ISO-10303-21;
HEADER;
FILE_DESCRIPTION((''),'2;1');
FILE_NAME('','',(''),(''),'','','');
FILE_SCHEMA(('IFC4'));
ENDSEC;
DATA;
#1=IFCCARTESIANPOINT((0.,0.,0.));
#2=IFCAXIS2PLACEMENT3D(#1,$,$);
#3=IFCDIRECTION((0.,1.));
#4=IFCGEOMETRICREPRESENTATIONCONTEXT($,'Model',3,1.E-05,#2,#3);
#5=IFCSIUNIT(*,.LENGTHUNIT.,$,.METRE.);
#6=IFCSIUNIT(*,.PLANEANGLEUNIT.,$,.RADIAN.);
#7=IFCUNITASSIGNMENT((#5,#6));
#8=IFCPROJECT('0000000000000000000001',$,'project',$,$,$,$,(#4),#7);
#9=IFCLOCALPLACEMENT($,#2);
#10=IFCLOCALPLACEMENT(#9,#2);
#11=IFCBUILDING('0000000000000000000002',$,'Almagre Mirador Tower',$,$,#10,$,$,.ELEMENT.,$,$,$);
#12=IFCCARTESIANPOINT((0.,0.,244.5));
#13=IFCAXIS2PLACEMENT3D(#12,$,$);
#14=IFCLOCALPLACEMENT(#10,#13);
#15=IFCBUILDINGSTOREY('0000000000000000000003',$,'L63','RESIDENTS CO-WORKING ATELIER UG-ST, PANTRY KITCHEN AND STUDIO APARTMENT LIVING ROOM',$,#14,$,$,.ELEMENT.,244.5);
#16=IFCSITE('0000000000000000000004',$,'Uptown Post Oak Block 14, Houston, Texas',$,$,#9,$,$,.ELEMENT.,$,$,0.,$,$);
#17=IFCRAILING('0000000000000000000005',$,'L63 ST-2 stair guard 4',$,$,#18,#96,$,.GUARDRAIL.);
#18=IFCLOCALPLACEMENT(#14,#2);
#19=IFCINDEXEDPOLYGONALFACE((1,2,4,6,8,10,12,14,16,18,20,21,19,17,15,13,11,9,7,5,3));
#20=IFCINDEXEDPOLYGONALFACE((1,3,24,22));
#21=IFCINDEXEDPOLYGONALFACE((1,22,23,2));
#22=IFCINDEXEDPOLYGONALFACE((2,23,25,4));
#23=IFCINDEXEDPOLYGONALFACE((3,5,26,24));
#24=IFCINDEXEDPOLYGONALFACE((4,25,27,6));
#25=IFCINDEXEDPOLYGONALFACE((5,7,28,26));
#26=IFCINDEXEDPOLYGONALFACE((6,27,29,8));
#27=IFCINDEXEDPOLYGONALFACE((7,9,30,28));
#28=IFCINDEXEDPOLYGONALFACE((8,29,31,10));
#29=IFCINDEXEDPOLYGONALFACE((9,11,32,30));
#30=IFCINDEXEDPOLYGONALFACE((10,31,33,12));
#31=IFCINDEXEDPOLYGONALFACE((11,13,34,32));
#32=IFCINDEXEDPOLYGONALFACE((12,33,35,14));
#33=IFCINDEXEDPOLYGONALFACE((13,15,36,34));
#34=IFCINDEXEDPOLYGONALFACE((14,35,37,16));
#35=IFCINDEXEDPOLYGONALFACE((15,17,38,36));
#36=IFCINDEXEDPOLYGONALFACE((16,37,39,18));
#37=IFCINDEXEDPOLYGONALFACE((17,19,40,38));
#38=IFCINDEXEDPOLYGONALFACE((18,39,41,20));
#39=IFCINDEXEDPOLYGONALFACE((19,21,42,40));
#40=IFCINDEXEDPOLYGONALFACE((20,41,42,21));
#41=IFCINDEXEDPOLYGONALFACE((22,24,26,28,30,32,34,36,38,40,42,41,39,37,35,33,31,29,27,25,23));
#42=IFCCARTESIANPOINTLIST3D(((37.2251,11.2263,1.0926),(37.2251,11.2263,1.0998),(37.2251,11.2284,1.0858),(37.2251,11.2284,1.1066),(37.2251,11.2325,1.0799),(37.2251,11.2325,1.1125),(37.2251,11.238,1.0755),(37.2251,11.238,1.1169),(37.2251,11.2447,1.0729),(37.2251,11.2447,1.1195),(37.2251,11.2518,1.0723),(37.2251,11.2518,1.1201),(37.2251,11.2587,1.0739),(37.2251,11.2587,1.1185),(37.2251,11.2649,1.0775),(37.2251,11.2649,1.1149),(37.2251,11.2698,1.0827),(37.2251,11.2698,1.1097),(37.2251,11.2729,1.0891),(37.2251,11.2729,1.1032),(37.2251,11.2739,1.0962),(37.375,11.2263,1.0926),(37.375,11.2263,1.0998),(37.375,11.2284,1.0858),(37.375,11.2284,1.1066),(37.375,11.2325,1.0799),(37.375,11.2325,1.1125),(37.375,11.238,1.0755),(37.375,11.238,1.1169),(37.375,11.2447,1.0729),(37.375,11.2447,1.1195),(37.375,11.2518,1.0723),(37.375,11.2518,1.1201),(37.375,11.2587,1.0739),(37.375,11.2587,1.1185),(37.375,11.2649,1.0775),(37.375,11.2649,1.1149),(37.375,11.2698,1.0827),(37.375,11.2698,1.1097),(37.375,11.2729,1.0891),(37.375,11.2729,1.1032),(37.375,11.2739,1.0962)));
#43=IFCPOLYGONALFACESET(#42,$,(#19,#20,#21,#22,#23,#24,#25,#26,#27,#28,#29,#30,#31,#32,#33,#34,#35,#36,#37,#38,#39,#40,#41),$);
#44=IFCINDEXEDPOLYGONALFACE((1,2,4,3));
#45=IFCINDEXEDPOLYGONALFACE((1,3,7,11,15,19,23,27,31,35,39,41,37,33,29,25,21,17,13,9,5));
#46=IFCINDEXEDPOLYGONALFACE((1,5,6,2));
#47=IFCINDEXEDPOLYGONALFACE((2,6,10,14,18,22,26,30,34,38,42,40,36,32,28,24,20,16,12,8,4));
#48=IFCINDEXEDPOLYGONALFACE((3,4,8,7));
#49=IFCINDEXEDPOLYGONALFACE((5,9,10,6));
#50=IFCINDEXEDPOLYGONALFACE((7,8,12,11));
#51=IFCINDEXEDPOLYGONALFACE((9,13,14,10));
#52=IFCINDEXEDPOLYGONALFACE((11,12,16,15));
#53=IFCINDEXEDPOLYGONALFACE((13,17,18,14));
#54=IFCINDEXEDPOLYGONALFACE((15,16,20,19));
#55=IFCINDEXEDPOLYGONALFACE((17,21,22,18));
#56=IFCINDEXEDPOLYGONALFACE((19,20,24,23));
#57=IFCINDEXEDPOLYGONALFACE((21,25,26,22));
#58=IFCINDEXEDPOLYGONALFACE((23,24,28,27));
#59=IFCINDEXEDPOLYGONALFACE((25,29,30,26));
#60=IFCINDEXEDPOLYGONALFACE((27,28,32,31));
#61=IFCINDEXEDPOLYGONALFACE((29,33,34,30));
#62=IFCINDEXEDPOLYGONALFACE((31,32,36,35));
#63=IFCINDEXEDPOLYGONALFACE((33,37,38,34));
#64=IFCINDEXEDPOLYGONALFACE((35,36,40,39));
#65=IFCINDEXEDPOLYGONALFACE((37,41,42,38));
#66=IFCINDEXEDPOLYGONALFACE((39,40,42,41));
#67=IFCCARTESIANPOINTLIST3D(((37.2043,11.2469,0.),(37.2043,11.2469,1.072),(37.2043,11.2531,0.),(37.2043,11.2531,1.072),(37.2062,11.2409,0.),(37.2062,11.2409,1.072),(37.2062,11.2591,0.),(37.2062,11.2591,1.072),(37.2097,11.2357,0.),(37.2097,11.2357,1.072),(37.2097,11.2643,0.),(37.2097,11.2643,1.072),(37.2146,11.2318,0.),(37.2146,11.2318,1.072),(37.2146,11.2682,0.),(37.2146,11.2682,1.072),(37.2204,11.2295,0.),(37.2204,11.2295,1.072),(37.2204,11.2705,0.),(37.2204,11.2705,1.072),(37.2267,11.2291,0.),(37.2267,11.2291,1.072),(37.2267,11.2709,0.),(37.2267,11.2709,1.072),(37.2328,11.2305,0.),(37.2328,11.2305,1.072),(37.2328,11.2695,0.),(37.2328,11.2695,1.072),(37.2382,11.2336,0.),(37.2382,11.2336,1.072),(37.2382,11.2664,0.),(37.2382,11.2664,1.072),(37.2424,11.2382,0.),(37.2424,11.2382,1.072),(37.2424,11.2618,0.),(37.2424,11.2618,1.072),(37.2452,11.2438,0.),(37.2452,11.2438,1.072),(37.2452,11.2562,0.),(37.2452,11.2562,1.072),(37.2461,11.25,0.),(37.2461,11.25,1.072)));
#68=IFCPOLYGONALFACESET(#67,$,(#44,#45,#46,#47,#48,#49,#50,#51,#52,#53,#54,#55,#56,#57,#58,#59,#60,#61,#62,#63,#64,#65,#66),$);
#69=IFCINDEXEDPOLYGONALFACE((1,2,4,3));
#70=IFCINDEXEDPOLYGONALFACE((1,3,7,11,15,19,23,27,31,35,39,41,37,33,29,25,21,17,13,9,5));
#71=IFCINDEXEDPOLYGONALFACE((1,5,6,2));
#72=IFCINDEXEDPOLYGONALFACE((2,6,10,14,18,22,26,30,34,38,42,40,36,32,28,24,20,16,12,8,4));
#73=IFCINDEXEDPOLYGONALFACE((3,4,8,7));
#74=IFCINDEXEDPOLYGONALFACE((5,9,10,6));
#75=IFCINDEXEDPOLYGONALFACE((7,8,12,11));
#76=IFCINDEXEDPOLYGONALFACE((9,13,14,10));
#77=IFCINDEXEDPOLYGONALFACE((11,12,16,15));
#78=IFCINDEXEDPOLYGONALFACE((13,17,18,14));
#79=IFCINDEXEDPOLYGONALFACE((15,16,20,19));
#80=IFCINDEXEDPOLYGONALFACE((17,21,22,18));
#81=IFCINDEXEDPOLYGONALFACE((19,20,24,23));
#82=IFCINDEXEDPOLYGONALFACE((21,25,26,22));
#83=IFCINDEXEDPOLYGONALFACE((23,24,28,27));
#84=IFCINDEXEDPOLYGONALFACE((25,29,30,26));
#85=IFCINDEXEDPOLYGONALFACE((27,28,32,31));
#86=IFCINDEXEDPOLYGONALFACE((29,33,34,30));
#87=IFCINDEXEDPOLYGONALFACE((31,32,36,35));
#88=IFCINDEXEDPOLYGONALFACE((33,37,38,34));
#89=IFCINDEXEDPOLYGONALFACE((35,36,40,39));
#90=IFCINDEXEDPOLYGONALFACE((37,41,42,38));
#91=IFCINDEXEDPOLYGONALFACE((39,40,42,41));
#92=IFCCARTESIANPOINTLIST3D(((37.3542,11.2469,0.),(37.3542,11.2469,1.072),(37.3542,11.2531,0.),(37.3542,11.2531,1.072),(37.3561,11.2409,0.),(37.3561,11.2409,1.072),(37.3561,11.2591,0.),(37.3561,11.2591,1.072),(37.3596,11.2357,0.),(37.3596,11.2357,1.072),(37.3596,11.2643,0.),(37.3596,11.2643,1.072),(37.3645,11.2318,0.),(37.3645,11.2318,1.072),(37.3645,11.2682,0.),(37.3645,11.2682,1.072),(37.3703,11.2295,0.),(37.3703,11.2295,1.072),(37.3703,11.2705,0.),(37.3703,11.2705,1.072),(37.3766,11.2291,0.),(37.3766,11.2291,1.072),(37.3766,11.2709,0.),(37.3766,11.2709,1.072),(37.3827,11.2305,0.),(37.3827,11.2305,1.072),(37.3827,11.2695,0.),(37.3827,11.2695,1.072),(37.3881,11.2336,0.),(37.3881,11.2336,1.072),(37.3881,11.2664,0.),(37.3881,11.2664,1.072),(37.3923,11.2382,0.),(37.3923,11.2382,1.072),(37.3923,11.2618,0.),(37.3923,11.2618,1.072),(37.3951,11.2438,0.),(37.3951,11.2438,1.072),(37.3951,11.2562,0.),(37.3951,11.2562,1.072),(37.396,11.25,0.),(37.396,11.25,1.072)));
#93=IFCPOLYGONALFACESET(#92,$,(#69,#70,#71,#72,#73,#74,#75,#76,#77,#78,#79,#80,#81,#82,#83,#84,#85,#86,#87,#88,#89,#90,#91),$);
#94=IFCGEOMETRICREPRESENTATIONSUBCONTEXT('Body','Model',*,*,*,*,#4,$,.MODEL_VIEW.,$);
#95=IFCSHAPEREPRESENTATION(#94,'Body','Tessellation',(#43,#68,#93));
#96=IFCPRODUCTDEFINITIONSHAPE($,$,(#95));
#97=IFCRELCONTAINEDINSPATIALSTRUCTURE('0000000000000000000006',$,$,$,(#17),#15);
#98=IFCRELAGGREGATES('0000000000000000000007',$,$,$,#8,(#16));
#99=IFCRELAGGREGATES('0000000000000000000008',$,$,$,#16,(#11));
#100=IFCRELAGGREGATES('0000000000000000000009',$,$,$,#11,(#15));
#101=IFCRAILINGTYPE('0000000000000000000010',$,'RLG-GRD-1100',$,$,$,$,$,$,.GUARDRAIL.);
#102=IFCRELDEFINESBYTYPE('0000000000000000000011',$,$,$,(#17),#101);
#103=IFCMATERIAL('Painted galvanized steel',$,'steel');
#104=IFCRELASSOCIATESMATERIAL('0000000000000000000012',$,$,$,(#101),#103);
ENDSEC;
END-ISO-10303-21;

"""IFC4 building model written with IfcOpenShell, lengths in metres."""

from ifc_helpers import new_model, si_unit, direction, frame, origin, origin_2d, place, context, subcontext, project, spatial, circle, extrude, material, type_object, element, save


model = new_model("IFC4")

# Units and contexts
model_context = context("Model", 3, precision=1e-05, world=origin(), true_north=direction((0.0, 1.0)))
body_context = subcontext(model_context, "Body", "Model", "MODEL_VIEW")
ifc_project = project(units=[si_unit("LENGTHUNIT", "METRE"), si_unit("PLANEANGLEUNIT", "RADIAN")], contexts=[model_context])

# Site, building, storey
site_placement = place(None, origin())
site = spatial("IfcSite", under=ifc_project, at=site_placement, Name="Uptown Post Oak Block 14, Houston, Texas", CompositionType="ELEMENT", RefElevation=0.0)
building_placement = place(site_placement, origin())
building = spatial("IfcBuilding", under=site, at=building_placement, Name="Almagre Mirador Tower", CompositionType="ELEMENT")
storey_placement = place(building_placement, frame((0.0, 0.0, 244.5)))
storey = spatial("IfcBuildingStorey", under=building, at=storey_placement, Name="L63", Description="RESIDENTS CO-WORKING ATELIER UG-ST, PANTRY KITCHEN AND STUDIO APARTMENT LIVING ROOM", CompositionType="ELEMENT", Elevation=244.5)

# Railing
ifc_material_1 = material(Name="Painted galvanized steel", Category="steel")
railing_type_1 = type_object("IfcRailingType", Name="RLG-GRD-1100", PredefinedType="GUARDRAIL", material=ifc_material_1)
railing_1_placement = place(storey_placement, frame((37.2251, 11.25, 0.0)))
element("IfcRailing", 1, at=railing_1_placement, inside=storey, type_object=railing_type_1, Name="L63 ST-2 stair guard 4", PredefinedType="GUARDRAIL", context=body_context, shape_type="SweptSolid", body=[
    extrude(circle(Radius=0.0239, at=origin_2d()), frame((0.0, 0.0, 1.0962), z_axis=(1.0, 0.0, 0.0), x_axis=(0.0, 1.0, 0.0)), (0.0, 0.0, 1.0), 0.1499),
    extrude(circle(Radius=0.021, at=origin_2d()), origin(), (0.0, 0.0, 1.0), 1.072),
    extrude(circle(Radius=0.021, at=origin_2d()), frame((0.1499, 0.0, 0.0)), (0.0, 0.0, 1.0), 1.072),
])

save(model, "model.ifc")
